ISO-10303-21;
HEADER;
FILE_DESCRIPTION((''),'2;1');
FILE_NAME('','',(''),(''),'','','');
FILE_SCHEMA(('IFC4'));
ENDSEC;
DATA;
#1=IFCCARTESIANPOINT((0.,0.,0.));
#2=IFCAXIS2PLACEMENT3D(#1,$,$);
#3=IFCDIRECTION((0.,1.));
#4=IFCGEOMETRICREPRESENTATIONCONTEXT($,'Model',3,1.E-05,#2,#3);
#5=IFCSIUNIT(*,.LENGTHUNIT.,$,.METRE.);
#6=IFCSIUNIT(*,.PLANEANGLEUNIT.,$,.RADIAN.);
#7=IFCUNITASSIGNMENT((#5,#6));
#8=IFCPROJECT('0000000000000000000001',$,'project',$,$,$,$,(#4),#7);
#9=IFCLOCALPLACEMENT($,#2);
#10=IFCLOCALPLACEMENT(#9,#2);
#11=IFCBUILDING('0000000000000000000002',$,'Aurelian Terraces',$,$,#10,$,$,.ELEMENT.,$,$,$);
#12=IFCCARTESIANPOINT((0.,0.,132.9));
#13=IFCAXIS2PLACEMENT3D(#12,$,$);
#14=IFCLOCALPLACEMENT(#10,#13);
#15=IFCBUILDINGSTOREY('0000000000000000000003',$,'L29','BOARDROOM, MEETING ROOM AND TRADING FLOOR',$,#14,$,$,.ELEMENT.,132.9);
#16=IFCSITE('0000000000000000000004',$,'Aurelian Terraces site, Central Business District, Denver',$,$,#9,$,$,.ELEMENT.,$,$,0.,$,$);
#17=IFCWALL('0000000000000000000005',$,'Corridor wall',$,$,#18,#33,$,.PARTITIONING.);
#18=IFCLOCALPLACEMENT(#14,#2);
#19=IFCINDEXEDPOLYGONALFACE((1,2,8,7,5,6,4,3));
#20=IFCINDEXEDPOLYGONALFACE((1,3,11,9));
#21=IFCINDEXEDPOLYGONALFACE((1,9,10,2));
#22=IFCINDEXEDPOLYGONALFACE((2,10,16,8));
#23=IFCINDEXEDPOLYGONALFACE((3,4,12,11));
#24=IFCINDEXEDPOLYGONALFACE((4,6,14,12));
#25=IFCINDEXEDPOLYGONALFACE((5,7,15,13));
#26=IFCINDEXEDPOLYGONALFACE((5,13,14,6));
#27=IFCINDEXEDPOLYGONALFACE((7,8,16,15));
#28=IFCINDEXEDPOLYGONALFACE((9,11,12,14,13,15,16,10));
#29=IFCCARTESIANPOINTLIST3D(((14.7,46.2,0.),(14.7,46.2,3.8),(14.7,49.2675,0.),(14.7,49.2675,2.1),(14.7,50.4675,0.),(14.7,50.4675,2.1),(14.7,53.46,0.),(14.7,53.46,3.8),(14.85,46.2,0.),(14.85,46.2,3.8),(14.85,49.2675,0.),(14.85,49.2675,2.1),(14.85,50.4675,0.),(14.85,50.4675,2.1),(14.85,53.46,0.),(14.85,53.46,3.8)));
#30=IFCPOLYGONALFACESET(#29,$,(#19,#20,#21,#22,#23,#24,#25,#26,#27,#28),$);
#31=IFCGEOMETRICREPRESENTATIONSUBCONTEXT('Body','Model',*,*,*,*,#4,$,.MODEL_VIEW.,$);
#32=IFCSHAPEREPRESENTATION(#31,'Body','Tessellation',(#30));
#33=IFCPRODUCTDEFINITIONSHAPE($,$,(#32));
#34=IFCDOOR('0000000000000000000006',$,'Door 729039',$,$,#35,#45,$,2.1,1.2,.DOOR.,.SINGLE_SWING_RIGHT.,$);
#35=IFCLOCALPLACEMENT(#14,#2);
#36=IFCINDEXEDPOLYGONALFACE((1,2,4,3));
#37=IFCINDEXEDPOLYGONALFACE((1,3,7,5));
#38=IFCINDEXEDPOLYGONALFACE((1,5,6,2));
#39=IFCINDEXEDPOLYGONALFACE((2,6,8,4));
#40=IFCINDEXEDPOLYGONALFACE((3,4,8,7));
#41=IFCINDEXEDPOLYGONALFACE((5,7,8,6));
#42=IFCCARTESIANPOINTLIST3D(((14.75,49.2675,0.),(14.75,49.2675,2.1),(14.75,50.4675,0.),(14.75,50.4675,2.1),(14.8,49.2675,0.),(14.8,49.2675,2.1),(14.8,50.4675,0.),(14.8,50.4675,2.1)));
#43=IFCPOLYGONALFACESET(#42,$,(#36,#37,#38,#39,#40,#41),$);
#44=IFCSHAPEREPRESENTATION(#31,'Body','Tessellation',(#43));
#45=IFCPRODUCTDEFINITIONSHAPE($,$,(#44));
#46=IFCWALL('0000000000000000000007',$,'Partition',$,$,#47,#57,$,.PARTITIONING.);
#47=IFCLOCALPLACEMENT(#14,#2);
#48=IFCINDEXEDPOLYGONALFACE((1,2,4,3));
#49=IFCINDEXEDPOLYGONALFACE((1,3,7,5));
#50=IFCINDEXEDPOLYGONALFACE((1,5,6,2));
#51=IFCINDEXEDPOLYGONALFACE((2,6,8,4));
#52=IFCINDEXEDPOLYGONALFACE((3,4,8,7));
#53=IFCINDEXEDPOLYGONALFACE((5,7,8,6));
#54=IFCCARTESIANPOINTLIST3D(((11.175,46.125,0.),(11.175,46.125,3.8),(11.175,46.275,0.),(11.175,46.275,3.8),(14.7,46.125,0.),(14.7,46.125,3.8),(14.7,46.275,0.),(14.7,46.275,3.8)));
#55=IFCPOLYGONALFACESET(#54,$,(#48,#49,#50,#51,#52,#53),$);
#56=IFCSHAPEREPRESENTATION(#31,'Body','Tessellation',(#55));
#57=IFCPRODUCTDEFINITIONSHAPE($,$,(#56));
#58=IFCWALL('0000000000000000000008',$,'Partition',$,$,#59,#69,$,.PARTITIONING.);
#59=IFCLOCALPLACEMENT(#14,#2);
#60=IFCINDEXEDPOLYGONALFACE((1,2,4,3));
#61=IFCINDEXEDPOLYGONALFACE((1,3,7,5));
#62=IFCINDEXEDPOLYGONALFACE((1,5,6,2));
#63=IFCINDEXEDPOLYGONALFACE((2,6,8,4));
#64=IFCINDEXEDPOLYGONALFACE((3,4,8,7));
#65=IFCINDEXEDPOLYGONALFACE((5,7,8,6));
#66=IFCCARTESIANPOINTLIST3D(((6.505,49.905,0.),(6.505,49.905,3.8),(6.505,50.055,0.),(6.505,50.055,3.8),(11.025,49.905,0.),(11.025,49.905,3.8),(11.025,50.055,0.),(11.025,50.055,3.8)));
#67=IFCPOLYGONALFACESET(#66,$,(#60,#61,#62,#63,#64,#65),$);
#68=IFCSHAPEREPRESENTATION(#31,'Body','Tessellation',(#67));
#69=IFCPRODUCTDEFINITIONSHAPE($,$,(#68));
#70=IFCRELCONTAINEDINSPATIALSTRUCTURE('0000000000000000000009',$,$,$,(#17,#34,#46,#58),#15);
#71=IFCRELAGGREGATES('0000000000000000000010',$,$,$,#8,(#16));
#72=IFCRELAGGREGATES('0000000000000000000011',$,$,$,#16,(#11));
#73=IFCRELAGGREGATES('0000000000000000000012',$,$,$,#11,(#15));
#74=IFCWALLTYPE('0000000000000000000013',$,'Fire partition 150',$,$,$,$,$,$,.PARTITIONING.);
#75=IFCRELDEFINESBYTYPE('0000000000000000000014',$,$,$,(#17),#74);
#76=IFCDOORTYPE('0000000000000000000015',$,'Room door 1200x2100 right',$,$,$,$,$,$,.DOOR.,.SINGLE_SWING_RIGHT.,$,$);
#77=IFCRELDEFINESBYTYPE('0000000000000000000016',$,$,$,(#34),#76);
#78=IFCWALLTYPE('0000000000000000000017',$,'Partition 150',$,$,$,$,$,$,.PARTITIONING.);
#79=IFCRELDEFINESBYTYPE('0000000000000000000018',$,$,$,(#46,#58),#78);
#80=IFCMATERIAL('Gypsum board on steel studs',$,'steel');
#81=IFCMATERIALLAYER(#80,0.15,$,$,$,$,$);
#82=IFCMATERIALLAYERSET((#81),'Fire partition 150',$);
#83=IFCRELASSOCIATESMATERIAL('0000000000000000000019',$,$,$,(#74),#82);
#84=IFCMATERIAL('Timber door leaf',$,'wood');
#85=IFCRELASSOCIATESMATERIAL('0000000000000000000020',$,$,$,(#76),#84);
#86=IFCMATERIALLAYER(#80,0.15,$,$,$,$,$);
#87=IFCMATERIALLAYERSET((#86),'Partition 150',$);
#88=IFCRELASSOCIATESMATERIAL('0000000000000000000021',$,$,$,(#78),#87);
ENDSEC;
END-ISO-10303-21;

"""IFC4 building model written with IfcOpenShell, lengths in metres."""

from ifc_helpers import new_model, si_unit, direction, frame, frame_2d, origin, place, context, subcontext, project, spatial, rectangle, extrude, source, transform, mapped, material, layer, layer_set, type_object, element, fill, save


model = new_model("IFC4")

# Units and contexts
model_context = context("Model", 3, precision=1e-05, world=origin(), true_north=direction((0.0, 1.0)))
body_context = subcontext(model_context, "Body", "Model", "MODEL_VIEW")
ifc_project = project(units=[si_unit("LENGTHUNIT", "METRE"), si_unit("PLANEANGLEUNIT", "RADIAN")], contexts=[model_context])

# Site, building, storey
site_placement = place(None, origin())
site = spatial("IfcSite", under=ifc_project, at=site_placement, Name="Aurelian Terraces site, Central Business District, Denver", CompositionType="ELEMENT", RefElevation=0.0)
building_placement = place(site_placement, origin())
building = spatial("IfcBuilding", under=site, at=building_placement, Name="Aurelian Terraces", CompositionType="ELEMENT")
storey_placement = place(building_placement, frame((0.0, 0.0, 132.9)))
storey = spatial("IfcBuildingStorey", under=building, at=storey_placement, Name="L29", Description="BOARDROOM, MEETING ROOM AND TRADING FLOOR", CompositionType="ELEMENT", Elevation=132.9)

# Wall, opening, door
ifc_material_1 = material(Name="Gypsum board on steel studs", Category="steel")
ifc_layer_1 = layer(ifc_material_1, 0.15)
ifc_layer_set_1 = layer_set([ifc_layer_1], Name="Fire partition 150")
wall_type_1 = type_object("IfcWallType", Name="Fire partition 150", PredefinedType="PARTITIONING", material=ifc_layer_set_1)
shared_shape_1 = source(origin(), body_context, "Body", "SweptSolid", [
    extrude(rectangle(XDim=7.26, YDim=0.15, at=frame_2d((3.63, 0.0))), origin(), (0.0, 0.0, 1.0), 3.8),
])
wall_1_placement = place(storey_placement, frame((14.775, 46.2, 0.0), z_axis=(0.0, 0.0, 1.0), x_axis=(0.0, 1.0, 0.0)))
wall_1 = element("IfcWall", 1, at=wall_1_placement, inside=storey, type_object=wall_type_1, Name="Corridor wall", PredefinedType="PARTITIONING", context=body_context, shape_type="MappedRepresentation", body=[
    mapped(shared_shape_1, transform((0.0, 0.0, 0.0), scale=1.0)),
])
shared_shape_2 = source(origin(), body_context, "Body", "SweptSolid", [
    extrude(rectangle(XDim=1.2, YDim=2.1, at=frame_2d((0.6, 1.05))), frame((0.0, 0.085, 0.0), z_axis=(0.0, -1.0, 0.0), x_axis=(1.0, 0.0, 0.0)), (0.0, 0.0, 1.0), 0.17),
])
opening_1_placement = place(wall_1_placement, frame((3.0675, 0.0, 0.0)))
opening_1 = element("IfcOpeningElement", 2, at=opening_1_placement, cuts=wall_1, PredefinedType="OPENING", context=body_context, shape_type="MappedRepresentation", body=[
    mapped(shared_shape_2, transform((0.0, 0.0, 0.0), scale=1.0)),
])
ifc_material_2 = material(Name="Timber door leaf", Category="wood")
door_type_1 = type_object("IfcDoorType", Name="Room door 1200x2100 right", OperationType="SINGLE_SWING_RIGHT", PredefinedType="DOOR", material=ifc_material_2)
shared_shape_3 = source(origin(), body_context, "Body", "SweptSolid", [
    extrude(rectangle(XDim=1.2, YDim=2.1, at=frame_2d((0.6, 1.05))), frame((0.0, 0.025, 0.0), z_axis=(0.0, -1.0, 0.0), x_axis=(1.0, 0.0, 0.0)), (0.0, 0.0, 1.0), 0.05),
])
door_1_placement = place(opening_1_placement, origin())
door_1 = element("IfcDoor", 3, at=door_1_placement, inside=storey, type_object=door_type_1, Name="Door 729039", OperationType="SINGLE_SWING_RIGHT", OverallHeight=2.1, OverallWidth=1.2, PredefinedType="DOOR", context=body_context, shape_type="MappedRepresentation", body=[
    mapped(shared_shape_3, transform((0.0, 0.0, 0.0), scale=1.0)),
])
fill(opening_1, door_1)

# Walls
ifc_layer_2 = layer(ifc_material_1, 0.15)
ifc_layer_set_2 = layer_set([ifc_layer_2], Name="Partition 150")
wall_type_2 = type_object("IfcWallType", Name="Partition 150", PredefinedType="PARTITIONING", material=ifc_layer_set_2)
shared_shape_4 = source(origin(), body_context, "Body", "SweptSolid", [
    extrude(rectangle(XDim=3.525, YDim=0.15, at=frame_2d((1.7625, 0.0))), origin(), (0.0, 0.0, 1.0), 3.8),
])
wall_2_placement = place(storey_placement, frame((14.7, 46.2, 0.0), z_axis=(0.0, 0.0, 1.0), x_axis=(-1.0, 0.0, 0.0)))
element("IfcWall", 4, at=wall_2_placement, inside=storey, type_object=wall_type_2, Name="Partition", PredefinedType="PARTITIONING", context=body_context, shape_type="MappedRepresentation", body=[
    mapped(shared_shape_4, transform((0.0, 0.0, 0.0), scale=1.0)),
])
shared_shape_5 = source(origin(), body_context, "Body", "SweptSolid", [
    extrude(rectangle(XDim=4.52, YDim=0.15, at=frame_2d((2.26, 0.0))), origin(), (0.0, 0.0, 1.0), 3.8),
])
wall_3_placement = place(storey_placement, frame((11.025, 49.98, 0.0), z_axis=(0.0, 0.0, 1.0), x_axis=(-1.0, 0.0, 0.0)))
element("IfcWall", 5, at=wall_3_placement, inside=storey, type_object=wall_type_2, Name="Partition", PredefinedType="PARTITIONING", context=body_context, shape_type="MappedRepresentation", body=[
    mapped(shared_shape_5, transform((0.0, 0.0, 0.0), scale=1.0)),
])

save(model, "model.ifc")
